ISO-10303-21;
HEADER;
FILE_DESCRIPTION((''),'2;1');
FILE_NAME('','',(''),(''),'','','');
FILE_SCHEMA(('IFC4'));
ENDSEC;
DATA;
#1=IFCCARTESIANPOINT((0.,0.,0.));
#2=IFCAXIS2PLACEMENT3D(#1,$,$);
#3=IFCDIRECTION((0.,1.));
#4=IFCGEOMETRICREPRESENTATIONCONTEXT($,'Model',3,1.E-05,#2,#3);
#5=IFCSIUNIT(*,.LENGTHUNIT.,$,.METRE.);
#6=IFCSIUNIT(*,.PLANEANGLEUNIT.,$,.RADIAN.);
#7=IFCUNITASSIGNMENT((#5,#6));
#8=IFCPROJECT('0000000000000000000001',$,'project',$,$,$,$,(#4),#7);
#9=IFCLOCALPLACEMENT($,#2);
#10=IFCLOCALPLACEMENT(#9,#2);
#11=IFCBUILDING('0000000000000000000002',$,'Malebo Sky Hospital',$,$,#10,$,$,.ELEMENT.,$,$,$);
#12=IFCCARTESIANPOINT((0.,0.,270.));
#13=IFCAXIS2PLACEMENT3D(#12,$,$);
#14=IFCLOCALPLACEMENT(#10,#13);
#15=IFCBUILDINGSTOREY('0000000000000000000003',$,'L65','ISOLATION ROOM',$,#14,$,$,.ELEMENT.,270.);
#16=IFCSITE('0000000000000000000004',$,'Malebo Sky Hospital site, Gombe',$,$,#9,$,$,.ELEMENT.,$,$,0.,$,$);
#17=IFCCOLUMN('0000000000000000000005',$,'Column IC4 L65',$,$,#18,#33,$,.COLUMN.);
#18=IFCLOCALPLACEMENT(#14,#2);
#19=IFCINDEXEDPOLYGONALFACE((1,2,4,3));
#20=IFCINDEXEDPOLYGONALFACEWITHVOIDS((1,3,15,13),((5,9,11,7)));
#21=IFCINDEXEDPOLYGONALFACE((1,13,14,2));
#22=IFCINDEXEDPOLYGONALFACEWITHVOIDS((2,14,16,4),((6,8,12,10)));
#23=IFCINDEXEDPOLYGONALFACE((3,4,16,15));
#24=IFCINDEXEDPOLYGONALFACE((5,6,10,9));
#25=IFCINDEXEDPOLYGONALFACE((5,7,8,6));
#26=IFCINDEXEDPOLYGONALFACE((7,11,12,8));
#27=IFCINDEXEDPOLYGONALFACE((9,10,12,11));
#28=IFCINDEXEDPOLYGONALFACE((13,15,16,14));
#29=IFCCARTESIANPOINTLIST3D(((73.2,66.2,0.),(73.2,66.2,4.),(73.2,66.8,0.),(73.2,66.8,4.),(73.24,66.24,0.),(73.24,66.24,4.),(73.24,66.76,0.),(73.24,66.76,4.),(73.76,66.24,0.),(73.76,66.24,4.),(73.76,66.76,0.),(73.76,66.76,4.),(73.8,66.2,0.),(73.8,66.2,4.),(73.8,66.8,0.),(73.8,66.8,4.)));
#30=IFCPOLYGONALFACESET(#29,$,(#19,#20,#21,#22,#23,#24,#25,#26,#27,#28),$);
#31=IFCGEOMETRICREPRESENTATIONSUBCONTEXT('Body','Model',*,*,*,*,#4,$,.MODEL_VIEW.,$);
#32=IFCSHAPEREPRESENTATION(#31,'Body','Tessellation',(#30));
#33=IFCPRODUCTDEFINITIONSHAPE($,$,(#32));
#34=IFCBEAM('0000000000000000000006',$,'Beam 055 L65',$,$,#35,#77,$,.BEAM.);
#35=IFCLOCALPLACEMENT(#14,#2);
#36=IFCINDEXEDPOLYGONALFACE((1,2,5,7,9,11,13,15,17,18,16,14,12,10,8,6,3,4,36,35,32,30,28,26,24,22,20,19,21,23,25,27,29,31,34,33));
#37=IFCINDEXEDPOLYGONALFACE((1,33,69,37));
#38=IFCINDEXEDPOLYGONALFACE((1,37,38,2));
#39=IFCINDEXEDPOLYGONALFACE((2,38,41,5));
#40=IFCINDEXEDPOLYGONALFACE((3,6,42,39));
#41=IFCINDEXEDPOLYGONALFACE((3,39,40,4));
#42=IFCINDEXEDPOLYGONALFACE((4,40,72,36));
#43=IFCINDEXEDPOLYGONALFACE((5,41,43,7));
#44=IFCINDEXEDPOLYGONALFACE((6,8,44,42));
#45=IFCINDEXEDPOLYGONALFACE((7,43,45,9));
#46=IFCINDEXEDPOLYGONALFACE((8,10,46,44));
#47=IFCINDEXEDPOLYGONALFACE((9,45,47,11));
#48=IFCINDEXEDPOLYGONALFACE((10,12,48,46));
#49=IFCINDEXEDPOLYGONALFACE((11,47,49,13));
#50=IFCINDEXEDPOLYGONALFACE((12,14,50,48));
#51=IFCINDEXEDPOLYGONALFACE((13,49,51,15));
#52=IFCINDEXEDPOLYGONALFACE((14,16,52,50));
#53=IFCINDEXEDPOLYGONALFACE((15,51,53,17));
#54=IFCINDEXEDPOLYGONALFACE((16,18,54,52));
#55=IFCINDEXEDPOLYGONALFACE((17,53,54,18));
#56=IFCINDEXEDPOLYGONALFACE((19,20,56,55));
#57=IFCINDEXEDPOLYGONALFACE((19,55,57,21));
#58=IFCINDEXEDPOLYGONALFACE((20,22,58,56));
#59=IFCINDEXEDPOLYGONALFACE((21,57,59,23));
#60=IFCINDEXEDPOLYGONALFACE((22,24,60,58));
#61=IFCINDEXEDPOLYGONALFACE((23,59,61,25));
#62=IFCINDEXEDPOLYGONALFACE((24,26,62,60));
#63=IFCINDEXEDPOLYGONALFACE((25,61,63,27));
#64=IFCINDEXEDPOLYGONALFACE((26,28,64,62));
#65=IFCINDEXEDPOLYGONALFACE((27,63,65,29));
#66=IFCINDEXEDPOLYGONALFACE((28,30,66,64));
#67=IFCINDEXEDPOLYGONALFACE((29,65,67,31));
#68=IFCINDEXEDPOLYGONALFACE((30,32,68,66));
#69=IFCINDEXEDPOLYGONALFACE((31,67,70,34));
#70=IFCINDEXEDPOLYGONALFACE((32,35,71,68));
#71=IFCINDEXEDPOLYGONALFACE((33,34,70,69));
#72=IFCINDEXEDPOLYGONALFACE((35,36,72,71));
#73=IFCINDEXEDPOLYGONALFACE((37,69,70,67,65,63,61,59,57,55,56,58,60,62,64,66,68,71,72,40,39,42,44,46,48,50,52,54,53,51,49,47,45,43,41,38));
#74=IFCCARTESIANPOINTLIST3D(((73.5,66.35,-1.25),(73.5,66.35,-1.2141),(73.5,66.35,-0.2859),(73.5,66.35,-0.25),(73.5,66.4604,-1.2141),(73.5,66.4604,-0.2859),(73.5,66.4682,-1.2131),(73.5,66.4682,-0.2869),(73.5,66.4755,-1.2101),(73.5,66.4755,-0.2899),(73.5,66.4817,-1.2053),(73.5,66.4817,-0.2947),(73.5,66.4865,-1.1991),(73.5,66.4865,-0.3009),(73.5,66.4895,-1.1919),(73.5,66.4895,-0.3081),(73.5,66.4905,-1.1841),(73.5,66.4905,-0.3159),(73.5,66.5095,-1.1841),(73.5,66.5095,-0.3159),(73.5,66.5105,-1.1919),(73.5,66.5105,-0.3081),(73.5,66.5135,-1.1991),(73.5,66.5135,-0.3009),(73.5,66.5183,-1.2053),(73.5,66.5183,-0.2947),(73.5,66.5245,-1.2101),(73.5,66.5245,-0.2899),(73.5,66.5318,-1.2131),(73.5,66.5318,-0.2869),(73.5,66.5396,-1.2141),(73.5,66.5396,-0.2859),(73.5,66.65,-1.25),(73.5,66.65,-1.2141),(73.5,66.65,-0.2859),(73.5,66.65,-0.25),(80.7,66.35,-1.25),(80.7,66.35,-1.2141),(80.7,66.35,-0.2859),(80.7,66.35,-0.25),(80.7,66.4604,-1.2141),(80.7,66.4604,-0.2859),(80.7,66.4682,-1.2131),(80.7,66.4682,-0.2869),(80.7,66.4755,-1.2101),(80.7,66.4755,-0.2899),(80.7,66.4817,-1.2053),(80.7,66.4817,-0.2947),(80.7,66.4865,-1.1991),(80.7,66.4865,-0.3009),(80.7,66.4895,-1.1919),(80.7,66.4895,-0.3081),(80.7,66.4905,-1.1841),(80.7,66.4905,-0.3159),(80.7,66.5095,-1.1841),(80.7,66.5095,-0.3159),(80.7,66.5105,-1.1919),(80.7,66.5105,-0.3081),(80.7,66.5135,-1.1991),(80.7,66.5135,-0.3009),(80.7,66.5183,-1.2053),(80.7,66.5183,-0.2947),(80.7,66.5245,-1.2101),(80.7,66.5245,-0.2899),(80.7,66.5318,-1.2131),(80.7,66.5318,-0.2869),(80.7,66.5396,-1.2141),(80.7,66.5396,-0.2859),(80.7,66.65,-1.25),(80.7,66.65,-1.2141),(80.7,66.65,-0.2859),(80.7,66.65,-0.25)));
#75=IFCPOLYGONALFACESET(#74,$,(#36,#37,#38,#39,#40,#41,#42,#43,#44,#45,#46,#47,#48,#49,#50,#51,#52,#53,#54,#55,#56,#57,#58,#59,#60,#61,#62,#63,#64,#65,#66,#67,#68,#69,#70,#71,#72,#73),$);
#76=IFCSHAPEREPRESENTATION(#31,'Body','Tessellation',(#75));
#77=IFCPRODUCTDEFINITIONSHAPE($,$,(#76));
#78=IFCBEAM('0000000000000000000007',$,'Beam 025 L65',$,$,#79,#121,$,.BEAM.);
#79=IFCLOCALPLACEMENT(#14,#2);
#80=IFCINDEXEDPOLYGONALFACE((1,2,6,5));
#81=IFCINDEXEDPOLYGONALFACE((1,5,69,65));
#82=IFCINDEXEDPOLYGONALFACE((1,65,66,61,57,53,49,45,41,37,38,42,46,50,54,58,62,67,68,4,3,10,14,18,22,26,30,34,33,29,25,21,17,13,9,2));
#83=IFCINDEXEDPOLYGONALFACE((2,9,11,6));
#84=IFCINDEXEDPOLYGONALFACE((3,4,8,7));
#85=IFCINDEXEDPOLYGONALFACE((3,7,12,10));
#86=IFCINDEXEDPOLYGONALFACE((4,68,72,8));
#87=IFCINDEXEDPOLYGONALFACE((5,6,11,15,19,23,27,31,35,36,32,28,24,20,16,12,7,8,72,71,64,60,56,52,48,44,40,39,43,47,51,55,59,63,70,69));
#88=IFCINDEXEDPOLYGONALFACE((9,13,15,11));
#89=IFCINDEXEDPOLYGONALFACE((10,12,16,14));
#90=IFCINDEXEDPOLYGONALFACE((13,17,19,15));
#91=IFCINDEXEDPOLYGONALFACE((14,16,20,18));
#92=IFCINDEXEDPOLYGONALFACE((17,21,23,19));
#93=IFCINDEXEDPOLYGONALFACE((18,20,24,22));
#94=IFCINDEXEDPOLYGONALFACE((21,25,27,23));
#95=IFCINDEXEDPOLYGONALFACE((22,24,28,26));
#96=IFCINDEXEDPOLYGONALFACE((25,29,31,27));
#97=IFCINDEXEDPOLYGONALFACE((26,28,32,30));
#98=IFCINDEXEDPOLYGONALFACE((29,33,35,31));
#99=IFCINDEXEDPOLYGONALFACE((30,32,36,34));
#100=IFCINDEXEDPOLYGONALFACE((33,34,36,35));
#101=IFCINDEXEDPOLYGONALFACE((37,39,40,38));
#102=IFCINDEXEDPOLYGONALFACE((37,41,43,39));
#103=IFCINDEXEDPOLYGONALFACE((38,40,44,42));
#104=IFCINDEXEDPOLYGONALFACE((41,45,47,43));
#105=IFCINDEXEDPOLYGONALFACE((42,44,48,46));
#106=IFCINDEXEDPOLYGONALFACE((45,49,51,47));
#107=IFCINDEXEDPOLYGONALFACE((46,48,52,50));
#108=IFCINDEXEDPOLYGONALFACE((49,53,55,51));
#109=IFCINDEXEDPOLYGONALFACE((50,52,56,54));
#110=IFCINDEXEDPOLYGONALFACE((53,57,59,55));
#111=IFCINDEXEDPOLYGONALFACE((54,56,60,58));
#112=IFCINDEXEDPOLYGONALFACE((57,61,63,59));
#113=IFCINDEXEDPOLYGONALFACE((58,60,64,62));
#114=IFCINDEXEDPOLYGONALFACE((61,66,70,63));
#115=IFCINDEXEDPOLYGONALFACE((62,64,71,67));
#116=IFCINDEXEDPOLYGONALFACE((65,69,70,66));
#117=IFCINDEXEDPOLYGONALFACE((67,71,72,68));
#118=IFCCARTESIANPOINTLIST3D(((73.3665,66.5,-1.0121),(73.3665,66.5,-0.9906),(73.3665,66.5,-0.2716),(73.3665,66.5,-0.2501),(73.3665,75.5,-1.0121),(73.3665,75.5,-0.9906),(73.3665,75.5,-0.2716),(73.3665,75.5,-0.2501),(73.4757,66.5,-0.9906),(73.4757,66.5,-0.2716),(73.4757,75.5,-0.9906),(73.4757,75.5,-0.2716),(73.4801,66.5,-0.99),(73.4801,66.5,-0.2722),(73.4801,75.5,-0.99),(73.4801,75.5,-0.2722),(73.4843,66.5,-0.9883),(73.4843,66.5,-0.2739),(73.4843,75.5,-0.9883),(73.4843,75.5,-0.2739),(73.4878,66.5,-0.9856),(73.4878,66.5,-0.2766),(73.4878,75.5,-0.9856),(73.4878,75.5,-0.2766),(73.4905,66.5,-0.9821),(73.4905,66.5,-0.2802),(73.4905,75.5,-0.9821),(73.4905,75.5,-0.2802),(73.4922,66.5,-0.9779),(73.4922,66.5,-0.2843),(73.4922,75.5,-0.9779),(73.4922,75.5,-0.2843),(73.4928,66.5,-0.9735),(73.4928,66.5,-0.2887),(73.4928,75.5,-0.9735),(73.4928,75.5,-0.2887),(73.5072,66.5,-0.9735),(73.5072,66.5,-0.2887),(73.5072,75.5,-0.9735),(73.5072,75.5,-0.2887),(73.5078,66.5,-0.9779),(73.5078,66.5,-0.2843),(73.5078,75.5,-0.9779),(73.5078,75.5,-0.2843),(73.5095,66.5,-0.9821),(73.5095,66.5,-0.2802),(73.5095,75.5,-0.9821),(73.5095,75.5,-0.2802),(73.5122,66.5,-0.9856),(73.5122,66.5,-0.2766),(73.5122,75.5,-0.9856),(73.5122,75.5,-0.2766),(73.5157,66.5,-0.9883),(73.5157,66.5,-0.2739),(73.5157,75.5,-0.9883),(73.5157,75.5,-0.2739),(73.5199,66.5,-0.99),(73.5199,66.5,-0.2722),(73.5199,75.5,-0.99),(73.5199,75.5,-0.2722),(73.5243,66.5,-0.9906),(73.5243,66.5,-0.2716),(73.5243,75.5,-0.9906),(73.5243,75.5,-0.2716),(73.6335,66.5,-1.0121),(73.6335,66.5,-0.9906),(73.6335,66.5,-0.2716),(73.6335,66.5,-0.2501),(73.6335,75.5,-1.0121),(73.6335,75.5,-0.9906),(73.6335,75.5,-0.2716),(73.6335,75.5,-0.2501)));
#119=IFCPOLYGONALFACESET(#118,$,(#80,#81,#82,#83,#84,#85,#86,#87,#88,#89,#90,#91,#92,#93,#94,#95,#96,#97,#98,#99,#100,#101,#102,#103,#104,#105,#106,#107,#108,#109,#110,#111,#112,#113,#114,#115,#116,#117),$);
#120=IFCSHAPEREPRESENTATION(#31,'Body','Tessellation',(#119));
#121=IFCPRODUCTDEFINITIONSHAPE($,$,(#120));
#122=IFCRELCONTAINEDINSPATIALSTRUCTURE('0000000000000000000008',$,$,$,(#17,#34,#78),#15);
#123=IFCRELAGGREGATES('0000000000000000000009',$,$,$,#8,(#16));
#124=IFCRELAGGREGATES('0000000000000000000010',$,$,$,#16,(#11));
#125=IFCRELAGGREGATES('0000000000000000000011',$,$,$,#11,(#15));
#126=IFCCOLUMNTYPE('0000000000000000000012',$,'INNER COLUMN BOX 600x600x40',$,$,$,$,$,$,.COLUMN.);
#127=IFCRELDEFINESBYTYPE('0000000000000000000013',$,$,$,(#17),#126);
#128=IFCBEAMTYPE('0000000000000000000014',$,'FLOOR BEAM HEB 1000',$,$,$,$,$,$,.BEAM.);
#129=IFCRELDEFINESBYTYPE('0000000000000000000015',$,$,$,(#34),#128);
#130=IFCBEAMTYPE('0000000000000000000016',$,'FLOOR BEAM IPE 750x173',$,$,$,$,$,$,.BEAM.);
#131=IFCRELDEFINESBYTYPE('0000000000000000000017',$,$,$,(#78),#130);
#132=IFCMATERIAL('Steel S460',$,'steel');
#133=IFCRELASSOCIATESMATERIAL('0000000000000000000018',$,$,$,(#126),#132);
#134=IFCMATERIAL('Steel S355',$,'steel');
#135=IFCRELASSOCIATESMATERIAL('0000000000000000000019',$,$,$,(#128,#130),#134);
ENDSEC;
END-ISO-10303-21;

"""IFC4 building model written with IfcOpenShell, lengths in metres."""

from ifc_helpers import new_model, si_unit, direction, frame, origin, origin_2d, place, context, subcontext, project, spatial, hollow_rectangle, i_section, extrude, material, material_profile, profile_set, type_object, element, save


model = new_model("IFC4")

# Units and contexts
model_context = context("Model", 3, precision=1e-05, world=origin(), true_north=direction((0.0, 1.0)))
body_context = subcontext(model_context, "Body", "Model", "MODEL_VIEW")
ifc_project = project(units=[si_unit("LENGTHUNIT", "METRE"), si_unit("PLANEANGLEUNIT", "RADIAN")], contexts=[model_context])

# Site, building, storey
site_placement = place(None, origin())
site = spatial("IfcSite", under=ifc_project, at=site_placement, Name="Malebo Sky Hospital site, Gombe", CompositionType="ELEMENT", RefElevation=0.0)
building_placement = place(site_placement, origin())
building = spatial("IfcBuilding", under=site, at=building_placement, Name="Malebo Sky Hospital", CompositionType="ELEMENT")
storey_placement = place(building_placement, frame((0.0, 0.0, 270.0)))
storey = spatial("IfcBuildingStorey", under=building, at=storey_placement, Name="L65", Description="ISOLATION ROOM", CompositionType="ELEMENT", Elevation=270.0)

# Column
ifc_material_1 = material(Name="Steel S460", Category="steel")
ifc_material_profile_1 = material_profile(ifc_material_1, hollow_rectangle(XDim=0.6001, YDim=0.6001, WallThickness=0.04, at=origin_2d()), Name="BOX 600x600x40")
ifc_profile_set_1 = profile_set([ifc_material_profile_1], Name="Steel S460")
column_type = type_object("IfcColumnType", Name="INNER COLUMN BOX 600x600x40", PredefinedType="COLUMN", material=ifc_profile_set_1)
column_placement = place(storey_placement, frame((73.5, 66.5, 0.0), z_axis=(0.0, 0.0, 1.0), x_axis=(1.0, 0.0, 0.0)))
element("IfcColumn", 1, at=column_placement, inside=storey, type_object=column_type, Name="Column IC4 L65", PredefinedType="COLUMN", context=body_context, shape_type="SweptSolid", body=[
    extrude(hollow_rectangle(XDim=0.6001, YDim=0.6001, WallThickness=0.04, at=origin_2d()), origin(), (0.0, 0.0, 1.0), 4.0),
])

# Beams
ifc_material_2 = material(Name="Steel S355", Category="steel")
ifc_material_profile_2 = material_profile(ifc_material_2, i_section(OverallWidth=0.3, OverallDepth=1.0, WebThickness=0.019, FlangeThickness=0.0359, FilletRadius=0.03, at=origin_2d()), Name="HEB 1000")
ifc_profile_set_2 = profile_set([ifc_material_profile_2], Name="Steel S355")
beam_type_1 = type_object("IfcBeamType", Name="FLOOR BEAM HEB 1000", PredefinedType="BEAM", material=ifc_profile_set_2)
beam_1_placement = place(storey_placement, frame((73.5, 66.5, -0.75), z_axis=(1.0, 0.0, 0.0), x_axis=(0.0, 1.0, 0.0)))
element("IfcBeam", 2, at=beam_1_placement, inside=storey, type_object=beam_type_1, Name="Beam 055 L65", PredefinedType="BEAM", context=body_context, shape_type="SweptSolid", body=[
    extrude(i_section(OverallWidth=0.3, OverallDepth=1.0, WebThickness=0.019, FlangeThickness=0.0359, FilletRadius=0.03, at=origin_2d()), origin(), (0.0, 0.0, 1.0), 7.2),
])
ifc_material_profile_3 = material_profile(ifc_material_2, i_section(OverallWidth=0.2671, OverallDepth=0.762, WebThickness=0.0144, FlangeThickness=0.0215, FilletRadius=0.0171, at=origin_2d()), Name="IPE 750x173")
ifc_profile_set_3 = profile_set([ifc_material_profile_3], Name="Steel S355")
beam_type_2 = type_object("IfcBeamType", Name="FLOOR BEAM IPE 750x173", PredefinedType="BEAM", material=ifc_profile_set_3)
beam_2_placement = place(storey_placement, frame((73.5, 66.5, -0.6311), z_axis=(0.0, 1.0, 0.0), x_axis=(-1.0, 0.0, 0.0)))
element("IfcBeam", 3, at=beam_2_placement, inside=storey, type_object=beam_type_2, Name="Beam 025 L65", PredefinedType="BEAM", context=body_context, shape_type="SweptSolid", body=[
    extrude(i_section(OverallWidth=0.2671, OverallDepth=0.762, WebThickness=0.0144, FlangeThickness=0.0215, FilletRadius=0.0171, at=origin_2d()), origin(), (0.0, 0.0, 1.0), 9.0),
])

save(model, "model.ifc")
